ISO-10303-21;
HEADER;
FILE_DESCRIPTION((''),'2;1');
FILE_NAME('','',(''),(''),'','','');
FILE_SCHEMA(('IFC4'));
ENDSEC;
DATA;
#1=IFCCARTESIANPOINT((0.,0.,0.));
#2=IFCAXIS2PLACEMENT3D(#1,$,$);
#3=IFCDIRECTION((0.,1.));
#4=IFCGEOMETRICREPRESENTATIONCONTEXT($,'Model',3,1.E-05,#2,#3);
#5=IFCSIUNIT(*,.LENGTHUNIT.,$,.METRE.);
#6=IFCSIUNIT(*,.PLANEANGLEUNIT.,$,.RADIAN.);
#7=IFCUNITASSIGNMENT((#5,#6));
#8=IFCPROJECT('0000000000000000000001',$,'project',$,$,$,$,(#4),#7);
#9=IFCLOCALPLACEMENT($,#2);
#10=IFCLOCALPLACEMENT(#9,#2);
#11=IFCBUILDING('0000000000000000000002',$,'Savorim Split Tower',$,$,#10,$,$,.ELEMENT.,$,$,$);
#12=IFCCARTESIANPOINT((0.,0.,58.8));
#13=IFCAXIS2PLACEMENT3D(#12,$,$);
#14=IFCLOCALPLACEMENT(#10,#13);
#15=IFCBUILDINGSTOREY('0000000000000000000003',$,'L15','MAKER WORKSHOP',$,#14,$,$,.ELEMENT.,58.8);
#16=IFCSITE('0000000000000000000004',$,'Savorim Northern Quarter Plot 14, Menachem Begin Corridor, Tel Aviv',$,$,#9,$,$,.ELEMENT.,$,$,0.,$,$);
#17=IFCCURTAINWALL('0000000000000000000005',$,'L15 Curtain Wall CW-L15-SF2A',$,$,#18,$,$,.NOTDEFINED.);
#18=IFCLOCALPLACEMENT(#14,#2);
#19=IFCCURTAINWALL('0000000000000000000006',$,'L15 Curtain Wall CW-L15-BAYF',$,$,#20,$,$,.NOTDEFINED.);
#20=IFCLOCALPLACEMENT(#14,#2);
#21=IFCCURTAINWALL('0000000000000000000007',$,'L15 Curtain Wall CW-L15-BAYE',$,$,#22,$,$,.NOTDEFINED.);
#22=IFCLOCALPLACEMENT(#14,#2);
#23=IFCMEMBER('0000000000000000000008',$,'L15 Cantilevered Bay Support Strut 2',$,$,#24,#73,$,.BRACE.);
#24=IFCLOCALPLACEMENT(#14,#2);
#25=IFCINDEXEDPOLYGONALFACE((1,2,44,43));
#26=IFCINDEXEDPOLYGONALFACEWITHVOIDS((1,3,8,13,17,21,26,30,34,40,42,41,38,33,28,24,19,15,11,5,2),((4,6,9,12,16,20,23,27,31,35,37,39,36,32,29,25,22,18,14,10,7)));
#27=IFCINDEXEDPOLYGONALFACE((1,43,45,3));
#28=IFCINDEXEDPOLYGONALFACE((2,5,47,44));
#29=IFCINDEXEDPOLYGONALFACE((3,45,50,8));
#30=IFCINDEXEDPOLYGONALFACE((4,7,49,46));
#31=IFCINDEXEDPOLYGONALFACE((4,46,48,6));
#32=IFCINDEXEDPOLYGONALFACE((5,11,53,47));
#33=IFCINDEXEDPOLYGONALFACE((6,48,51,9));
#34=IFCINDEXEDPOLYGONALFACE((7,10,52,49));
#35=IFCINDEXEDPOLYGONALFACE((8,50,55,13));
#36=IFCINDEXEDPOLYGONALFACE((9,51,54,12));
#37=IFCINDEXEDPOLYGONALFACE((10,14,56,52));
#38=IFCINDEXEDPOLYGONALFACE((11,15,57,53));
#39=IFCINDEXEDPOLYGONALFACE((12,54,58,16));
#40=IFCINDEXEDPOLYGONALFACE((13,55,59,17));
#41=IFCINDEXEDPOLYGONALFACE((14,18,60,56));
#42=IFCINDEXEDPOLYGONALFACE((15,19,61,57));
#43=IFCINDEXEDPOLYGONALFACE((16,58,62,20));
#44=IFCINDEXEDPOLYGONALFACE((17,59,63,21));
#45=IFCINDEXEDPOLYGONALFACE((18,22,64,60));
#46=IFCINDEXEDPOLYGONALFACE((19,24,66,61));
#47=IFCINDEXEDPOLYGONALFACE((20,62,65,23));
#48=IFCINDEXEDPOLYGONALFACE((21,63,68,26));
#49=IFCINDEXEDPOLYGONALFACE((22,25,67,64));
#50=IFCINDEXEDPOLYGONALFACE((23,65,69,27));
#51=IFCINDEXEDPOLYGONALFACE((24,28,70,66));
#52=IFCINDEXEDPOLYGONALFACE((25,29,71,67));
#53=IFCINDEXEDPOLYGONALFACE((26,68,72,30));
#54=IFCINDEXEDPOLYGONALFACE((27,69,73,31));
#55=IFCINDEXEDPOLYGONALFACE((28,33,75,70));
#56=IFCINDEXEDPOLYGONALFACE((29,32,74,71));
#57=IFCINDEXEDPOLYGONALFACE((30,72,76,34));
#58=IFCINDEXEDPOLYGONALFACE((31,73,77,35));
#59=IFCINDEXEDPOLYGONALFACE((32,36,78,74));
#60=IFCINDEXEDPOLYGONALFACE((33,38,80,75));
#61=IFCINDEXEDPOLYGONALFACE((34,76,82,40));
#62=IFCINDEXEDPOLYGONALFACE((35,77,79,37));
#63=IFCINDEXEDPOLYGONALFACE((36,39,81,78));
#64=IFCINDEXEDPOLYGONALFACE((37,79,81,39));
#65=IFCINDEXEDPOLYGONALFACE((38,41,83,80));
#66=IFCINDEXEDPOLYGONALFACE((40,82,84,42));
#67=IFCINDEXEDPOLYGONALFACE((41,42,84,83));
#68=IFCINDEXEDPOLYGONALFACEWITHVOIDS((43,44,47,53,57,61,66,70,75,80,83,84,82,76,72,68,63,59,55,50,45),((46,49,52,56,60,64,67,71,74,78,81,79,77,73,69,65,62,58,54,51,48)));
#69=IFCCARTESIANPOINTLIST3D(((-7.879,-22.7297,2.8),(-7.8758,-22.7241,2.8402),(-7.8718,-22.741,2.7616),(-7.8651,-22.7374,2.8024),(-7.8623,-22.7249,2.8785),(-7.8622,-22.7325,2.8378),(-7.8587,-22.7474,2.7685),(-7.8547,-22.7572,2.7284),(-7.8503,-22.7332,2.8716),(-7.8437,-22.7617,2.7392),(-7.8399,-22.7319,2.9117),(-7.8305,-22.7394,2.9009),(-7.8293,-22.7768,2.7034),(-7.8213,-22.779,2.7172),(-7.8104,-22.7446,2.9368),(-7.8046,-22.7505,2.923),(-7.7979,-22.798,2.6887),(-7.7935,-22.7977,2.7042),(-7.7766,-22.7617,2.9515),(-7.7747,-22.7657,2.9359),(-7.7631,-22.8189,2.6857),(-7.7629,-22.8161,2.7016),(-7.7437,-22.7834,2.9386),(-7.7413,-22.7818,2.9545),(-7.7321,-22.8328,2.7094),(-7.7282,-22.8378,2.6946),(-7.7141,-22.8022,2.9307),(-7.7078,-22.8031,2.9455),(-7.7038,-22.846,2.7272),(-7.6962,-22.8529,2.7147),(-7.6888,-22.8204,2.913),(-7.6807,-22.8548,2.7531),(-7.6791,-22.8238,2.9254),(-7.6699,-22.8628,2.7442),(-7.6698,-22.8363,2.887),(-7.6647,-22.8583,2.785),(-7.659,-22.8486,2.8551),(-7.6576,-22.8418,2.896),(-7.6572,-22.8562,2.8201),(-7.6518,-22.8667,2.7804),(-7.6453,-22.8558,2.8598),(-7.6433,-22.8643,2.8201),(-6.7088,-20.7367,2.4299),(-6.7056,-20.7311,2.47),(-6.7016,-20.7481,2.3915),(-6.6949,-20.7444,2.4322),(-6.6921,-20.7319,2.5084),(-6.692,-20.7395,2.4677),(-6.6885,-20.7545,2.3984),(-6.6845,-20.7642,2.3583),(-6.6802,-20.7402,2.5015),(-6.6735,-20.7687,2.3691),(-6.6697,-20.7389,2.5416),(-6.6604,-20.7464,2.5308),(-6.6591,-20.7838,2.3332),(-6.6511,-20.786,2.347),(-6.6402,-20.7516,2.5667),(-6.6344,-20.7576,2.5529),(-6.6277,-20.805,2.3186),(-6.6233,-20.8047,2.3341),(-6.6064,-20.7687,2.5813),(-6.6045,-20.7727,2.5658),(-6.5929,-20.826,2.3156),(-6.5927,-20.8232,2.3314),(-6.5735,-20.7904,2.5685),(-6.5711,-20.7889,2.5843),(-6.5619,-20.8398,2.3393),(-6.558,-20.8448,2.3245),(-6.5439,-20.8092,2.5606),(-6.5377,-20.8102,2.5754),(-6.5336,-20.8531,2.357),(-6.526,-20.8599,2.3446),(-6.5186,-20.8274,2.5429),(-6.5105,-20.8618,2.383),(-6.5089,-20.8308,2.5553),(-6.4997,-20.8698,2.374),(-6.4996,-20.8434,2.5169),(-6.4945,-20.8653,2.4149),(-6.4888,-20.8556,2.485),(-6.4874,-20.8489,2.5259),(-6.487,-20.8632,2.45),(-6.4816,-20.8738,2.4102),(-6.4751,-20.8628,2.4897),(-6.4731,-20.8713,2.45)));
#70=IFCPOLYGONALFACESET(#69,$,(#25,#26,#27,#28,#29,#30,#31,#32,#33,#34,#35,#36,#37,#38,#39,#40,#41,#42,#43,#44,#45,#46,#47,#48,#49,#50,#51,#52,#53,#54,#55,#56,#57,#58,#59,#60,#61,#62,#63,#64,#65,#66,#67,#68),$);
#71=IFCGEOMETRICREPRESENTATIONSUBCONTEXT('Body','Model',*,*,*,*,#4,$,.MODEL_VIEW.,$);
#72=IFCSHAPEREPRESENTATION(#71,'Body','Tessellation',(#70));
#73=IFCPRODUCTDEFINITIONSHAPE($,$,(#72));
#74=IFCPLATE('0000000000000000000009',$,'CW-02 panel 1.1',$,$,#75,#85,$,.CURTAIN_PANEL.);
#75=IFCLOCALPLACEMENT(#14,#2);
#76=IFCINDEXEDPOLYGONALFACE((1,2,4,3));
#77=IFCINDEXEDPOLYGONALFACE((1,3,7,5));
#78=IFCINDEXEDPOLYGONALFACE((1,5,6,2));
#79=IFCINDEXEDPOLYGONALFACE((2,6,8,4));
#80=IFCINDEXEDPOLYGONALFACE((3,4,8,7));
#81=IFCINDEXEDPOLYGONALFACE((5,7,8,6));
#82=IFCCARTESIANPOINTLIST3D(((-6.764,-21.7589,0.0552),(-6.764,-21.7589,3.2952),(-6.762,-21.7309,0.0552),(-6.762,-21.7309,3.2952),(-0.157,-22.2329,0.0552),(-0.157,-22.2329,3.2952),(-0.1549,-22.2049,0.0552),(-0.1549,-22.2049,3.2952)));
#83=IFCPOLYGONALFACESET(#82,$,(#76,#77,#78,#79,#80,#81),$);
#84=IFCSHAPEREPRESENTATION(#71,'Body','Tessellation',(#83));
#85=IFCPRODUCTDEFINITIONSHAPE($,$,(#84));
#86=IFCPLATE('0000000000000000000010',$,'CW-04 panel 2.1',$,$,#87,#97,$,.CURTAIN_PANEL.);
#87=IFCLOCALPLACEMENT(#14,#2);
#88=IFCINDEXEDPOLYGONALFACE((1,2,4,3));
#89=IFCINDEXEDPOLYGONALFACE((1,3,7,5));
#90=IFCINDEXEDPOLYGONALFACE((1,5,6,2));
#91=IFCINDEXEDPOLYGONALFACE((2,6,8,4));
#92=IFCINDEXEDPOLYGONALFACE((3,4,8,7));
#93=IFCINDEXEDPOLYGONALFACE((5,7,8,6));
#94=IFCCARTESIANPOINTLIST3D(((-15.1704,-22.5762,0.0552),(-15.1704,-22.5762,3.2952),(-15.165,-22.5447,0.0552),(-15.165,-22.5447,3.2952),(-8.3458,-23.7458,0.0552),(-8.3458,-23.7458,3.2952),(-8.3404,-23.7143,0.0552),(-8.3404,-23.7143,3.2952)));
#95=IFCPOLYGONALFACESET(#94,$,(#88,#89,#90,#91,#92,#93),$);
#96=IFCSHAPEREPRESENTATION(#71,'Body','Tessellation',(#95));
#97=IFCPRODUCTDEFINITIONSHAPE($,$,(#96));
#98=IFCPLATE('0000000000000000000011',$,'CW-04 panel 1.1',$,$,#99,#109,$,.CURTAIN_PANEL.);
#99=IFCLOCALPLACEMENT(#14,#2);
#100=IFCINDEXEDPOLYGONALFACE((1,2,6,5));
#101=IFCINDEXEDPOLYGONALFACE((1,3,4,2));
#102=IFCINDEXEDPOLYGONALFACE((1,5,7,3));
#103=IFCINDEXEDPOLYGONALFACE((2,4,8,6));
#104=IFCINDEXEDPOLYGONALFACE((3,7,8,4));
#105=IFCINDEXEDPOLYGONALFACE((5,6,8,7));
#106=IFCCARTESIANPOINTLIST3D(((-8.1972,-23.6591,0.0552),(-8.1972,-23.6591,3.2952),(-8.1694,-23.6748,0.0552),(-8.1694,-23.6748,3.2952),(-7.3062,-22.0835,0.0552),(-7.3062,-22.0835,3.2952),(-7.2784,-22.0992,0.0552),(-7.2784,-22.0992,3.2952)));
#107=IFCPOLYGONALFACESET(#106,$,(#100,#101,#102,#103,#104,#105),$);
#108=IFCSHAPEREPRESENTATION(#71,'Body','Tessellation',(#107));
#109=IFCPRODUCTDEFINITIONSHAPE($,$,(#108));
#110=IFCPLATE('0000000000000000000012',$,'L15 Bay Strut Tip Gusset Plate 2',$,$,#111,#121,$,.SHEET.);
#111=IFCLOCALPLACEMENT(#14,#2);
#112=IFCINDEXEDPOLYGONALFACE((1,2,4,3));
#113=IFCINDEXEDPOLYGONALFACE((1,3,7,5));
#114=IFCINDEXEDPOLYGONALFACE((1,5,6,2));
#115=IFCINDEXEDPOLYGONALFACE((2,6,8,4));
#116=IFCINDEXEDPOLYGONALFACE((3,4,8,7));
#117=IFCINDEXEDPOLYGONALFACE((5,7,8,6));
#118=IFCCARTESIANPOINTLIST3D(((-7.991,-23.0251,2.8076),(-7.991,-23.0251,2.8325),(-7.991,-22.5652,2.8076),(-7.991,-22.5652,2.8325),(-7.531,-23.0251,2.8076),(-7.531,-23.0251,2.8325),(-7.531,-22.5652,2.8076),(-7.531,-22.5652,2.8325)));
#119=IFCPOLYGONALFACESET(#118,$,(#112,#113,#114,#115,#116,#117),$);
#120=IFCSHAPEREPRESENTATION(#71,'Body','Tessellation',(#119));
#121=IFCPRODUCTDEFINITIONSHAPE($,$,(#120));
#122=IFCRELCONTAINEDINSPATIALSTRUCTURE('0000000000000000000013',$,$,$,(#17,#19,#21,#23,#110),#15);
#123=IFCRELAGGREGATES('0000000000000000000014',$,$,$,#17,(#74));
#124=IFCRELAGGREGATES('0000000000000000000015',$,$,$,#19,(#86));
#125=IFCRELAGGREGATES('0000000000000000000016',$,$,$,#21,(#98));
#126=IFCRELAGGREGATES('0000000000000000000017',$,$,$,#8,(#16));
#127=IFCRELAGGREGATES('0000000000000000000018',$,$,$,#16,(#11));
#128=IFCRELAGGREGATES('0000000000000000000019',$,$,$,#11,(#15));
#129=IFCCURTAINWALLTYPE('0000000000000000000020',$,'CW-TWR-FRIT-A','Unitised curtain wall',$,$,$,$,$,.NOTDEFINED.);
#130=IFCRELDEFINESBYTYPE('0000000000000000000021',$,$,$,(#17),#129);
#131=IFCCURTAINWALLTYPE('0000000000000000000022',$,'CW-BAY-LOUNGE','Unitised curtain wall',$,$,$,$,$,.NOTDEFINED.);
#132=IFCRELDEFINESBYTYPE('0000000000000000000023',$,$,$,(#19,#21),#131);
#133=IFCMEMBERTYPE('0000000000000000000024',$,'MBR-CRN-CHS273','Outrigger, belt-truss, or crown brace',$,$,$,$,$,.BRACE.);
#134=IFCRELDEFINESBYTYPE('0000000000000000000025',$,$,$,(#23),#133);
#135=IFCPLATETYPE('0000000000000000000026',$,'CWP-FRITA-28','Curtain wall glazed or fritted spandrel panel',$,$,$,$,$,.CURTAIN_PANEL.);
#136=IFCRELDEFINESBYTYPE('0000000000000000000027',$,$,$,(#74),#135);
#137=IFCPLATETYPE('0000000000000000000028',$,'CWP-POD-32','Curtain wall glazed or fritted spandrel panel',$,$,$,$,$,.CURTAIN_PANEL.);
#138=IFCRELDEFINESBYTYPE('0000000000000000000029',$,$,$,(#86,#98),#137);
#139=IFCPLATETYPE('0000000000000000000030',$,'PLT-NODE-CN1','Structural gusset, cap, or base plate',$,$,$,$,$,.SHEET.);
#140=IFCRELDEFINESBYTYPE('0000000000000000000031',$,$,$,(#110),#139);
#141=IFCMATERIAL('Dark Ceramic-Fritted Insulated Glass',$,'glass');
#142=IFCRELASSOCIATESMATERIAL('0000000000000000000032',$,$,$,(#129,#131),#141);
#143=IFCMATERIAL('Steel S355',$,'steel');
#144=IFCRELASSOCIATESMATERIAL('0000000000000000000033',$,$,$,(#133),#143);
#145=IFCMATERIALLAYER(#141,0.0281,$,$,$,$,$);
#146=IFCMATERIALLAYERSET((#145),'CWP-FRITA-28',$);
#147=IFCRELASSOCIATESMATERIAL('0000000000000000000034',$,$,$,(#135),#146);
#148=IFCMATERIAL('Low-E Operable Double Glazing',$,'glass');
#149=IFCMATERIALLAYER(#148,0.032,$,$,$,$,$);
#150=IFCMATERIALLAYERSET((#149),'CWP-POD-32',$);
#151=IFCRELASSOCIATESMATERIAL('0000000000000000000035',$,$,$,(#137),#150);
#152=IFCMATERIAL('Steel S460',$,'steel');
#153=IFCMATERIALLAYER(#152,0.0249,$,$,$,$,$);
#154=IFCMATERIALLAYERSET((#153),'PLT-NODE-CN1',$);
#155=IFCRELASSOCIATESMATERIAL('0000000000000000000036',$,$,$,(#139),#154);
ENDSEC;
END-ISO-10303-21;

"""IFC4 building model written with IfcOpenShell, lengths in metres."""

from ifc_helpers import new_model, si_unit, direction, frame, origin, origin_2d, place, context, subcontext, project, spatial, rectangle, hollow_circle, extrude, material, layer, layer_set, material_profile, profile_set, type_object, element, aggregate, save


model = new_model("IFC4")

# Units and contexts
model_context = context("Model", 3, precision=1e-05, world=origin(), true_north=direction((0.0, 1.0)))
body_context = subcontext(model_context, "Body", "Model", "MODEL_VIEW")
ifc_project = project(units=[si_unit("LENGTHUNIT", "METRE"), si_unit("PLANEANGLEUNIT", "RADIAN")], contexts=[model_context])

# Site, building, storey
site_placement = place(None, origin())
site = spatial("IfcSite", under=ifc_project, at=site_placement, Name="Savorim Northern Quarter Plot 14, Menachem Begin Corridor, Tel Aviv", CompositionType="ELEMENT", RefElevation=0.0)
building_placement = place(site_placement, origin())
building = spatial("IfcBuilding", under=site, at=building_placement, Name="Savorim Split Tower", CompositionType="ELEMENT")
storey_placement = place(building_placement, frame((0.0, 0.0, 58.8)))
storey = spatial("IfcBuildingStorey", under=building, at=storey_placement, Name="L15", Description="MAKER WORKSHOP", CompositionType="ELEMENT", Elevation=58.8)

# Shared definitions
ifc_material_1 = material(Name="Steel S460", Category="steel")

# Curtain wall
ifc_material_2 = material(Name="Dark Ceramic-Fritted Insulated Glass", Category="glass")
curtain_wall_type_1 = type_object("IfcCurtainWallType", Name="CW-TWR-FRIT-A", Description="Unitised curtain wall", PredefinedType="NOTDEFINED", material=ifc_material_2)
curtain_wall_1_placement = place(storey_placement, origin())
curtain_wall_1 = element("IfcCurtainWall", 1, at=curtain_wall_1_placement, inside=storey, type_object=curtain_wall_type_1, Name="L15 Curtain Wall CW-L15-SF2A", PredefinedType="NOTDEFINED")

# Curtain wall
curtain_wall_type_2 = type_object("IfcCurtainWallType", Name="CW-BAY-LOUNGE", Description="Unitised curtain wall", PredefinedType="NOTDEFINED", material=ifc_material_2)
curtain_wall_2_placement = place(storey_placement, origin())
curtain_wall_2 = element("IfcCurtainWall", 2, at=curtain_wall_2_placement, inside=storey, type_object=curtain_wall_type_2, Name="L15 Curtain Wall CW-L15-BAYF", PredefinedType="NOTDEFINED")

# Curtain wall
curtain_wall_3_placement = place(storey_placement, origin())
curtain_wall_3 = element("IfcCurtainWall", 3, at=curtain_wall_3_placement, inside=storey, type_object=curtain_wall_type_2, Name="L15 Curtain Wall CW-L15-BAYE", PredefinedType="NOTDEFINED")

# Member
ifc_material_3 = material(Name="Steel S355", Category="steel")
ifc_material_profile_1 = material_profile(ifc_material_3, hollow_circle(Radius=0.1365, WallThickness=0.0161, at=origin_2d()), Name="CHS 273x16")
ifc_profile_set_1 = profile_set([ifc_material_profile_1], Name="Steel S355")
member_type_1 = type_object("IfcMemberType", Name="MBR-CRN-CHS273", Description="Outrigger, belt-truss, or crown brace", PredefinedType="BRACE", material=ifc_profile_set_1)
member_1_placement = place(storey_placement, frame((-6.5908, -20.8022, 2.45), z_axis=(-0.499961, -0.851488, 0.158135), x_axis=(0.862339, -0.506332, 0.0)))
element("IfcMember", 4, at=member_1_placement, inside=storey, type_object=member_type_1, Name="L15 Cantilevered Bay Support Strut 2", PredefinedType="BRACE", context=body_context, shape_type="SweptSolid", body=[
    extrude(hollow_circle(Radius=0.1365, WallThickness=0.0161, at=origin_2d()), origin(), (0.0, 0.0, 1.0), 2.3406),
])

# Plates
ifc_layer_1 = layer(ifc_material_2, 0.0281)
ifc_layer_set_1 = layer_set([ifc_layer_1], Name="CWP-FRITA-28")
plate_type_1 = type_object("IfcPlateType", Name="CWP-FRITA-28", Description="Curtain wall glazed or fritted spandrel panel", PredefinedType="CURTAIN_PANEL", material=ifc_layer_set_1)
plate_1_placement = place(storey_placement, frame((-3.4595, -21.9819, 0.0552), z_axis=(0.0, 0.0, 1.0), x_axis=(0.997436, -0.071559, 0.0)))
plate_1 = element("IfcPlate", 5, at=plate_1_placement, type_object=plate_type_1, Name="CW-02 panel 1.1", PredefinedType="CURTAIN_PANEL", context=body_context, shape_type="SweptSolid", body=[
    extrude(rectangle(XDim=6.624, YDim=0.0281, at=origin_2d()), origin(), (0.0, 0.0, 1.0), 3.24),
])
aggregate(curtain_wall_1, [plate_1])
ifc_material_4 = material(Name="Low-E Operable Double Glazing", Category="glass")
ifc_layer_2 = layer(ifc_material_4, 0.032)
ifc_layer_set_2 = layer_set([ifc_layer_2], Name="CWP-POD-32")
plate_type_2 = type_object("IfcPlateType", Name="CWP-POD-32", Description="Curtain wall glazed or fritted spandrel panel", PredefinedType="CURTAIN_PANEL", material=ifc_layer_set_2)
plate_2_placement = place(storey_placement, frame((-11.7554, -23.1453, 0.0552), z_axis=(0.0, 0.0, 1.0), x_axis=(0.985629, -0.168923, 0.0)))
plate_2 = element("IfcPlate", 6, at=plate_2_placement, type_object=plate_type_2, Name="CW-04 panel 2.1", PredefinedType="CURTAIN_PANEL", context=body_context, shape_type="SweptSolid", body=[
    extrude(rectangle(XDim=6.9241, YDim=0.032, at=origin_2d()), origin(), (0.0, 0.0, 1.0), 3.24),
])
aggregate(curtain_wall_2, [plate_2])
plate_3_placement = place(storey_placement, frame((-7.7378, -22.8792, 0.0552), z_axis=(0.0, 0.0, 1.0), x_axis=(0.492259, 0.870449, 0.0)))
plate_3 = element("IfcPlate", 7, at=plate_3_placement, type_object=plate_type_2, Name="CW-04 panel 1.1", PredefinedType="CURTAIN_PANEL", context=body_context, shape_type="SweptSolid", body=[
    extrude(rectangle(XDim=1.8101, YDim=0.032, at=origin_2d()), origin(), (0.0, 0.0, 1.0), 3.24),
])
aggregate(curtain_wall_3, [plate_3])
ifc_layer_3 = layer(ifc_material_1, 0.0249)
ifc_layer_set_3 = layer_set([ifc_layer_3], Name="PLT-NODE-CN1")
plate_type_3 = type_object("IfcPlateType", Name="PLT-NODE-CN1", Description="Structural gusset, cap, or base plate", PredefinedType="SHEET", material=ifc_layer_set_3)
plate_4_placement = place(storey_placement, frame((-7.761, -22.7952, 2.8076), z_axis=(0.0, 0.0, 1.0), x_axis=(1.0, 0.0, 0.0)))
element("IfcPlate", 8, at=plate_4_placement, inside=storey, type_object=plate_type_3, Name="L15 Bay Strut Tip Gusset Plate 2", PredefinedType="SHEET", context=body_context, shape_type="SweptSolid", body=[
    extrude(rectangle(XDim=0.46, YDim=0.46, at=origin_2d()), origin(), (0.0, 0.0, 1.0), 0.0249),
])

save(model, "model.ifc")
